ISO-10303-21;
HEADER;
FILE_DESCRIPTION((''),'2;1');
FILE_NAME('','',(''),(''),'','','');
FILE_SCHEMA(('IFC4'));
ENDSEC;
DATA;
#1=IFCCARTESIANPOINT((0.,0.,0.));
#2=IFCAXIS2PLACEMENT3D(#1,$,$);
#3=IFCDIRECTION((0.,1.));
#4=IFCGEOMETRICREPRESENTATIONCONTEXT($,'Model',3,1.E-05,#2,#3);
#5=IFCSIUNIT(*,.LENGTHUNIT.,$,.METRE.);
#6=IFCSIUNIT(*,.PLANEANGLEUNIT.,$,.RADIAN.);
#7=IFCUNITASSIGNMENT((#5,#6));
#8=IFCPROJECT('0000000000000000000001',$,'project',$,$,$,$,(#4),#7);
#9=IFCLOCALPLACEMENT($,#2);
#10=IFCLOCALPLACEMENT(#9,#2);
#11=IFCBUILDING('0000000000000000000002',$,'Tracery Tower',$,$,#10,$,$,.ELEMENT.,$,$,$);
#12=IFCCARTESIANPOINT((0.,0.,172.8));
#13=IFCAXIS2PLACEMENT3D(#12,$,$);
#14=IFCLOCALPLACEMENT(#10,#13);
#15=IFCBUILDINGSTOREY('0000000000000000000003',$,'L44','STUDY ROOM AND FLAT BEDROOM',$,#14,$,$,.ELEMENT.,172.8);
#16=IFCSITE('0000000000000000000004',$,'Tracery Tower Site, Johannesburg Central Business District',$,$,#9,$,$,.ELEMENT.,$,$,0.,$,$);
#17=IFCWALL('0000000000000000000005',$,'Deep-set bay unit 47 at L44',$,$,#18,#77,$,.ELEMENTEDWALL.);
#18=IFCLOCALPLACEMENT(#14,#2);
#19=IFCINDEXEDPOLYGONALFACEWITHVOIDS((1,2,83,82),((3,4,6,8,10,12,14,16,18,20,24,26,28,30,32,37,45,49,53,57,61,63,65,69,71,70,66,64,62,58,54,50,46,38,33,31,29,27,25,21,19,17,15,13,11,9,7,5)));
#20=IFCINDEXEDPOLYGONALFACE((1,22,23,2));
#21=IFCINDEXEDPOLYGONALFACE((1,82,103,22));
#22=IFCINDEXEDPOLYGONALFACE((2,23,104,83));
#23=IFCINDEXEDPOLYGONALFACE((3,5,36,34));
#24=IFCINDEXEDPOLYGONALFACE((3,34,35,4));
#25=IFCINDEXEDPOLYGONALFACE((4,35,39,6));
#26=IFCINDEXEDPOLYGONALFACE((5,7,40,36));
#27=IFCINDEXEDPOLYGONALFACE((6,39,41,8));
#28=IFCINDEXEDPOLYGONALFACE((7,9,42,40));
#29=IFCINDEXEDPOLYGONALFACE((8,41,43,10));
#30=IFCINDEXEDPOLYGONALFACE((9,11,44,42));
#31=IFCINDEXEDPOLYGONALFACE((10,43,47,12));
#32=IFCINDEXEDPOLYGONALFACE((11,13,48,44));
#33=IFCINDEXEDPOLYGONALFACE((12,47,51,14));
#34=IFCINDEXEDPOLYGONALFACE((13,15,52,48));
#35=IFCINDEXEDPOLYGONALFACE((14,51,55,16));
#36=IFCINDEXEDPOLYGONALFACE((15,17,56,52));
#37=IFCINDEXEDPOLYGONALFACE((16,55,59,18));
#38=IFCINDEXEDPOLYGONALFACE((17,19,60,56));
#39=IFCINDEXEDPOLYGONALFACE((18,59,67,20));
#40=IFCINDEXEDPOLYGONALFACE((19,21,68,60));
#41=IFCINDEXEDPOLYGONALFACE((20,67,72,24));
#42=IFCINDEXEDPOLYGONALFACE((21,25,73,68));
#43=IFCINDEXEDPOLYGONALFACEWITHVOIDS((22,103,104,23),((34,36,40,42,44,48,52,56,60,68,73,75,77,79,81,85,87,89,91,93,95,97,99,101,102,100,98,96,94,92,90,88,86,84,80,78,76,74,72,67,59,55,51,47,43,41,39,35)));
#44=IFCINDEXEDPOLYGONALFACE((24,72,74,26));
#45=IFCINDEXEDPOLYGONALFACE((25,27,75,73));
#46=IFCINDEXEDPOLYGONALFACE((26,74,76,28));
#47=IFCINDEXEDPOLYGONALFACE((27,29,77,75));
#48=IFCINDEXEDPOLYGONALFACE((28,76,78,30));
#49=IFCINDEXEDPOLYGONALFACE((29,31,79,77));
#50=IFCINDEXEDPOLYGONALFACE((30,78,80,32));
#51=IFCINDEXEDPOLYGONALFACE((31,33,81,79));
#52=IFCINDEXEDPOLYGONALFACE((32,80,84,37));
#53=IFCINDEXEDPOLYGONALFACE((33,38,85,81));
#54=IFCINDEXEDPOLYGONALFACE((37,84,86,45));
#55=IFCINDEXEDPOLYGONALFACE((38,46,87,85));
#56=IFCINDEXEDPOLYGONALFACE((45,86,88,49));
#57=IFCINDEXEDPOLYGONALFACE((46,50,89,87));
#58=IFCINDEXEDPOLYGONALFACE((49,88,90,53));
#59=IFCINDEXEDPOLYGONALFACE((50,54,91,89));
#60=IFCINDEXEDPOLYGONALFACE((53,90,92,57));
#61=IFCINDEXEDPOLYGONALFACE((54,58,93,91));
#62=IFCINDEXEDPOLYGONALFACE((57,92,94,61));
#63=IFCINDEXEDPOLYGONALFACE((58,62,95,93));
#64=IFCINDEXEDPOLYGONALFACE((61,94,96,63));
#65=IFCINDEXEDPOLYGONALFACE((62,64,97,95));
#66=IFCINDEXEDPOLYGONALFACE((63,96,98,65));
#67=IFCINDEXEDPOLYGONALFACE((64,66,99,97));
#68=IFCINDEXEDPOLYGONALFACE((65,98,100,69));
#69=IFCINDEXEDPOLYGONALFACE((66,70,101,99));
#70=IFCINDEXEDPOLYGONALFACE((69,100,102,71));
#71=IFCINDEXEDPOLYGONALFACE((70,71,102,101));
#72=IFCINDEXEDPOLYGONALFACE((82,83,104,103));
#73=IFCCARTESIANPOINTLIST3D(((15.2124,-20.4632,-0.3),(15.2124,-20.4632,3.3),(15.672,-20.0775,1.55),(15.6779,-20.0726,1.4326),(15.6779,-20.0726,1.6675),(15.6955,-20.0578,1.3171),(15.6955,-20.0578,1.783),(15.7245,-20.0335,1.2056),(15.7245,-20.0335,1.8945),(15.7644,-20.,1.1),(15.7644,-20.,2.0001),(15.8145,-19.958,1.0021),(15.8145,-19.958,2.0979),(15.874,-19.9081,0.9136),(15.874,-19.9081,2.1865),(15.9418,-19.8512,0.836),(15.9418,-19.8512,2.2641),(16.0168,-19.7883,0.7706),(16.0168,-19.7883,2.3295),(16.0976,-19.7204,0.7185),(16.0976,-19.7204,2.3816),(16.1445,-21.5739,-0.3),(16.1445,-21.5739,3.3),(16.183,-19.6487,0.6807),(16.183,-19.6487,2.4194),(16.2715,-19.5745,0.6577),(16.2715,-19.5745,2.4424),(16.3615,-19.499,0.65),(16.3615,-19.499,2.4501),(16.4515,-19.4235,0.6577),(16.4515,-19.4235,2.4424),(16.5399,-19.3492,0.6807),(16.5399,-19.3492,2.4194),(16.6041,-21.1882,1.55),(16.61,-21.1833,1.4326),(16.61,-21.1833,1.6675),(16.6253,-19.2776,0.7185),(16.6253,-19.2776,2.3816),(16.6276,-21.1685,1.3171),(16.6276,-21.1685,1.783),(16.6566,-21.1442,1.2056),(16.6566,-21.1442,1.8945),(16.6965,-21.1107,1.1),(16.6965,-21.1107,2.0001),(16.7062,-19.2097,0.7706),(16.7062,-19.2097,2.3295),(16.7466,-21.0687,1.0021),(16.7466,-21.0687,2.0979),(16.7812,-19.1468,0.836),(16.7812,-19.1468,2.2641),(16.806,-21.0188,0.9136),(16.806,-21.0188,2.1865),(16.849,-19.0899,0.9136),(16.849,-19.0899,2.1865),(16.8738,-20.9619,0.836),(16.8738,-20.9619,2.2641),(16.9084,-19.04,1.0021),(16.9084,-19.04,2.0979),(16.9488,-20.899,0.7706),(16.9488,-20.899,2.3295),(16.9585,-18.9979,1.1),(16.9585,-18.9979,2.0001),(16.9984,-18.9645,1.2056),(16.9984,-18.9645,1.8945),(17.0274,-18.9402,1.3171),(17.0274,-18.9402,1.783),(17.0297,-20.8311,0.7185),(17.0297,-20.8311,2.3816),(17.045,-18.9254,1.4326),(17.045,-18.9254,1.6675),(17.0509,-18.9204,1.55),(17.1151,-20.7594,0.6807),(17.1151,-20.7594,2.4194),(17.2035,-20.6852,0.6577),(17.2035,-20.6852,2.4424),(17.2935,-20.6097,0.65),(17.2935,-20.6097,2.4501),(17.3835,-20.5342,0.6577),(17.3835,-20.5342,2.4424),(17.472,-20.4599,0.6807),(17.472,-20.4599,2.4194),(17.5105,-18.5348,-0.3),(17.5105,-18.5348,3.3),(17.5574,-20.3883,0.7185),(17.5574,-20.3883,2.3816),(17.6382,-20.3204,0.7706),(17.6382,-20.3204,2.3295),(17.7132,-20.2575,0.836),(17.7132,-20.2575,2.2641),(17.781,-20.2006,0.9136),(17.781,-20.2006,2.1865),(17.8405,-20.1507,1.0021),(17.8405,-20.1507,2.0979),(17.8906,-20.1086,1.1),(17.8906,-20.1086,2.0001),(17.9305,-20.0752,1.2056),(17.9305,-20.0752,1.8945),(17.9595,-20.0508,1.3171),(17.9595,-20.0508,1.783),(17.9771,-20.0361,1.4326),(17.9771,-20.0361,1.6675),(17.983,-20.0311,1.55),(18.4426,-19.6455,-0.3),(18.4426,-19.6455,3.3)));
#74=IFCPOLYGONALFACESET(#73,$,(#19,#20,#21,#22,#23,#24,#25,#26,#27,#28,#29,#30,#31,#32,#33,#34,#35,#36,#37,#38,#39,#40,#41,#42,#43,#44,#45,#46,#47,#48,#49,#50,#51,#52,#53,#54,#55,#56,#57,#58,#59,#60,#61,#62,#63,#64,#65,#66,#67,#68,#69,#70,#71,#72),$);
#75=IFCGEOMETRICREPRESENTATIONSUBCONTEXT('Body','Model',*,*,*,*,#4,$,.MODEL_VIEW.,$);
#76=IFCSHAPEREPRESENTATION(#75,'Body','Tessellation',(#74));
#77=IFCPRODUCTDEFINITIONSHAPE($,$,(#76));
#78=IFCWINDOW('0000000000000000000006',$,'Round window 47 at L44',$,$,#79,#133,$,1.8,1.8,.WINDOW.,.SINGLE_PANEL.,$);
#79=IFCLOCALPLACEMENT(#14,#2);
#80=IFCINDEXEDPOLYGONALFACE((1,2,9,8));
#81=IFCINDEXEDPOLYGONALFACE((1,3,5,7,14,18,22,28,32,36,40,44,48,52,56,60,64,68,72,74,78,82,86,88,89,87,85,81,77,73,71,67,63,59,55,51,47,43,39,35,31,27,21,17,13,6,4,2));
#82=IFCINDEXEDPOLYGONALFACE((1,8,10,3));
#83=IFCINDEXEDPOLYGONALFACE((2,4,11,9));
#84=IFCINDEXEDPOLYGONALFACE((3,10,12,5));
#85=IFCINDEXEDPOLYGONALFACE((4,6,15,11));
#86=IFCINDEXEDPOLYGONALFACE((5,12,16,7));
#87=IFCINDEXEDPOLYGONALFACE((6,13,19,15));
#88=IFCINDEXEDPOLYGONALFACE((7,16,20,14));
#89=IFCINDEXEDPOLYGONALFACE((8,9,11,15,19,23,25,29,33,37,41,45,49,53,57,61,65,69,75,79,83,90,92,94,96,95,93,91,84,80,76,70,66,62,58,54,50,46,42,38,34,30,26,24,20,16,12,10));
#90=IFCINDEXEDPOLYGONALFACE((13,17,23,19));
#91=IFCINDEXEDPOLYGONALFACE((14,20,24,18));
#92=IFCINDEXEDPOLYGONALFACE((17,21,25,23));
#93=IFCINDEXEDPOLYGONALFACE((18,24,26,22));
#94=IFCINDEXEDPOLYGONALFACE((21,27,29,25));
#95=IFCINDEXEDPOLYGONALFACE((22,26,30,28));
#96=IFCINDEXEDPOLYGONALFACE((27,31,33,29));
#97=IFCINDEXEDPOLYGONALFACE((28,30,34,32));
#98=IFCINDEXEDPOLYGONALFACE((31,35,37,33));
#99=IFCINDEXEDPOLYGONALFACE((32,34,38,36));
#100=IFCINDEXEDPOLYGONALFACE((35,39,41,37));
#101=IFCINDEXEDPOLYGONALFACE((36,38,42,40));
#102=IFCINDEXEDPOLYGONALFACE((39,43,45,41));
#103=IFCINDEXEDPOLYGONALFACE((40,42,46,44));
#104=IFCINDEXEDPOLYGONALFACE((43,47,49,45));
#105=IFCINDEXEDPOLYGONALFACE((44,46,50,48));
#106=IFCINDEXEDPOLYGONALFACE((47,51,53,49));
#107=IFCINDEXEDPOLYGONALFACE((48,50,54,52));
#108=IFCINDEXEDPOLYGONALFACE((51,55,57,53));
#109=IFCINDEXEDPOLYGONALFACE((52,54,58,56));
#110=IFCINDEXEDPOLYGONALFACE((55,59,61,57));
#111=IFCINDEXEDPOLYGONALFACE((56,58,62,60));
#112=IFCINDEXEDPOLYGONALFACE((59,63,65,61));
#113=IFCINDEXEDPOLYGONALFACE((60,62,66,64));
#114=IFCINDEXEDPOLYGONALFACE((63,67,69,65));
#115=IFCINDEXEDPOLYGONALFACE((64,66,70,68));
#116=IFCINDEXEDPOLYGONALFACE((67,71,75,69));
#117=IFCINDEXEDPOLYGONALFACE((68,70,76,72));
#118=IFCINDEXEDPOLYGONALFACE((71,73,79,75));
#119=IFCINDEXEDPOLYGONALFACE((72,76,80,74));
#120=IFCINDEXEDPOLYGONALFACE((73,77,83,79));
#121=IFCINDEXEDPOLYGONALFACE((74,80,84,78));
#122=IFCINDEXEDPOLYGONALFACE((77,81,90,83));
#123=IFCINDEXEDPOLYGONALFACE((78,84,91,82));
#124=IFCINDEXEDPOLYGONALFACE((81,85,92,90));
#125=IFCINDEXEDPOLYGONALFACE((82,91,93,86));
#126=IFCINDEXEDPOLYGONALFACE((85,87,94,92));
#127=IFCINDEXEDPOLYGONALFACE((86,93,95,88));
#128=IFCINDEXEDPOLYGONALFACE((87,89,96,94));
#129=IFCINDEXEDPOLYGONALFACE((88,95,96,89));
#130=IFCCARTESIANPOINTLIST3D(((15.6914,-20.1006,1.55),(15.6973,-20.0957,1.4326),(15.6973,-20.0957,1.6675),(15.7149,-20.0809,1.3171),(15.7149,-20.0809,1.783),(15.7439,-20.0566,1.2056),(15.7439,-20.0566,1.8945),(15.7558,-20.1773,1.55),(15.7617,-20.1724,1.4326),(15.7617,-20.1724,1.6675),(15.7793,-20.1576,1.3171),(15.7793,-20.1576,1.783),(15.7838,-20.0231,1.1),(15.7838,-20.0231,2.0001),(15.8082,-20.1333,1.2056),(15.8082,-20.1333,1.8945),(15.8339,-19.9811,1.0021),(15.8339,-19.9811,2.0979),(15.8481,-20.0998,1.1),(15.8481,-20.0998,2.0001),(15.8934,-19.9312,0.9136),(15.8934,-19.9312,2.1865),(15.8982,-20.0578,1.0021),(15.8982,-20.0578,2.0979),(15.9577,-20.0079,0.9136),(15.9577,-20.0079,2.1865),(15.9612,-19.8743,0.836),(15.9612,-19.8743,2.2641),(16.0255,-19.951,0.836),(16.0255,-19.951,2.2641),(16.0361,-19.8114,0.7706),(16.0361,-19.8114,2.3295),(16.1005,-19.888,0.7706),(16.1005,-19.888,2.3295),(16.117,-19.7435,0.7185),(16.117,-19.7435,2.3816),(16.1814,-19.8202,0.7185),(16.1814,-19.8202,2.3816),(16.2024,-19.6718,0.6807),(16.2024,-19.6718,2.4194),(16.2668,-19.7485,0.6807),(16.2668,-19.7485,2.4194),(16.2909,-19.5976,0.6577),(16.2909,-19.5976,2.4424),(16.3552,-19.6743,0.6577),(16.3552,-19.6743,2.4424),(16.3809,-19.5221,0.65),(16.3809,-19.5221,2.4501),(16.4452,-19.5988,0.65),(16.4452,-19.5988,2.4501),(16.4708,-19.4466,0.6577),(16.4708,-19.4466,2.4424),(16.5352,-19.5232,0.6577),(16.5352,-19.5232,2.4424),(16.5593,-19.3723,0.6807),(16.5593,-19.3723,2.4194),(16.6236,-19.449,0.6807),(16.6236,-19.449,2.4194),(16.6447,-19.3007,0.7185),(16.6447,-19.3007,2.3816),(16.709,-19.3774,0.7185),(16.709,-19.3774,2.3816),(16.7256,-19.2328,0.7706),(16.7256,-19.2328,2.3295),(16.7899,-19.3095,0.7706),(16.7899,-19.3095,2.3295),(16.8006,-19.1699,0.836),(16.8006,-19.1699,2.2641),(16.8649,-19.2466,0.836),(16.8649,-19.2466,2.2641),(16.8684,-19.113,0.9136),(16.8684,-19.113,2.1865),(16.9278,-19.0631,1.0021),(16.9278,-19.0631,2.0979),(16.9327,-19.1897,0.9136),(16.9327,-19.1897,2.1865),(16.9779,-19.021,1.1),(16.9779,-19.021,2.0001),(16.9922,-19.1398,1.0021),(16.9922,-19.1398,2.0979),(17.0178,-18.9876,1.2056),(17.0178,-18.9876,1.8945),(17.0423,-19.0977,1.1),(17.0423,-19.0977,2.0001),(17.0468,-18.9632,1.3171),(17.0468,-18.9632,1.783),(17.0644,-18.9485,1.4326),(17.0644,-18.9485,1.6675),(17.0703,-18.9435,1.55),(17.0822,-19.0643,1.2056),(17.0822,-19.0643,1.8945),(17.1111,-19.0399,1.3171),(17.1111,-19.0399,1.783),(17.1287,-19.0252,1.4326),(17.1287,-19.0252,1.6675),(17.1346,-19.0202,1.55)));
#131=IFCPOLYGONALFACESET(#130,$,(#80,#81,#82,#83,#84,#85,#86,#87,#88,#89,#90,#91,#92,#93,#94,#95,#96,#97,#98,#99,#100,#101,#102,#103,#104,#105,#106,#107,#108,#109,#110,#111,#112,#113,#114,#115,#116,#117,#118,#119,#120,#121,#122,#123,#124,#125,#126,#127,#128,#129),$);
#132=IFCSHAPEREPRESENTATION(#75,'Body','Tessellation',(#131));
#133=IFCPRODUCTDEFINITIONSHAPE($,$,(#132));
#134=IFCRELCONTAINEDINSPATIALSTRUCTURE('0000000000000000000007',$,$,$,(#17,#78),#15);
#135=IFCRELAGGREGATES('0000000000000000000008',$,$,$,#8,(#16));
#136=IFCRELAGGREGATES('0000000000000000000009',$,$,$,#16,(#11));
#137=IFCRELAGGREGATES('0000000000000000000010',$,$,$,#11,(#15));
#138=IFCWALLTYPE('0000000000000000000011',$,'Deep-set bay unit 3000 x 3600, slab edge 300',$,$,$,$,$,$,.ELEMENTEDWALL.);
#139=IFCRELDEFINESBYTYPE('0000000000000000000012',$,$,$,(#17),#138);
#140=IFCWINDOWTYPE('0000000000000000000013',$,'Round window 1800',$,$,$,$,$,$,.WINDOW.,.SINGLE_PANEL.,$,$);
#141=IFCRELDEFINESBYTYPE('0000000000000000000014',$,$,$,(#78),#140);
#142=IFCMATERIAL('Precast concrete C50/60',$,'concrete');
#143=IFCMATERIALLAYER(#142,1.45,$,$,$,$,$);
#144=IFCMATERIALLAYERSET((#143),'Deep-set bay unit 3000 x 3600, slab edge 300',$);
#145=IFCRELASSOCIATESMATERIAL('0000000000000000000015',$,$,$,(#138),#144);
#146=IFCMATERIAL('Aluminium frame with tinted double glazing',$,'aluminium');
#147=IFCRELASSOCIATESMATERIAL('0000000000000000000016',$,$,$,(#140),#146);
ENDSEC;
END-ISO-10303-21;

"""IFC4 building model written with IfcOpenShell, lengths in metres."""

from ifc_helpers import new_model, si_unit, direction, frame, frame_2d, origin, origin_2d, place, context, subcontext, project, spatial, rectangle, circle, extrude, material, layer, layer_set, type_object, element, fill, save


model = new_model("IFC4")

# Units and contexts
model_context = context("Model", 3, precision=1e-05, world=origin(), true_north=direction((0.0, 1.0)))
body_context = subcontext(model_context, "Body", "Model", "MODEL_VIEW")
ifc_project = project(units=[si_unit("LENGTHUNIT", "METRE"), si_unit("PLANEANGLEUNIT", "RADIAN")], contexts=[model_context])

# Site, building, storey
site_placement = place(None, origin())
site = spatial("IfcSite", under=ifc_project, at=site_placement, Name="Tracery Tower Site, Johannesburg Central Business District", CompositionType="ELEMENT", RefElevation=0.0)
building_placement = place(site_placement, origin())
building = spatial("IfcBuilding", under=site, at=building_placement, Name="Tracery Tower", CompositionType="ELEMENT")
storey_placement = place(building_placement, frame((0.0, 0.0, 172.8)))
storey = spatial("IfcBuildingStorey", under=building, at=storey_placement, Name="L44", Description="STUDY ROOM AND FLAT BEDROOM", CompositionType="ELEMENT", Elevation=172.8)

# Wall, opening, window
ifc_material_1 = material(Name="Precast concrete C50/60", Category="concrete")
ifc_layer_1 = layer(ifc_material_1, 1.45)
ifc_layer_set_1 = layer_set([ifc_layer_1], Name="Deep-set bay unit 3000 x 3600, slab edge 300")
wall_type_1 = type_object("IfcWallType", Name="Deep-set bay unit 3000 x 3600, slab edge 300", PredefinedType="ELEMENTEDWALL", material=ifc_layer_set_1)
wall_1_placement = place(storey_placement, frame((15.6785, -21.0186, -0.3), z_axis=(0.0, 0.0, 1.0), x_axis=(0.766022, 0.642814, 0.0)))
wall_1 = element("IfcWall", 1, at=wall_1_placement, inside=storey, type_object=wall_type_1, Name="Deep-set bay unit 47 at L44", PredefinedType="ELEMENTEDWALL", context=body_context, shape_type="SweptSolid", body=[
    extrude(rectangle(XDim=3.0, YDim=1.45, at=frame_2d((1.5, 0.0))), origin(), (0.0, 0.0, 1.0), 3.6001),
])
opening_1_placement = place(wall_1_placement, frame((1.5, 0.0, 1.8501)))
opening_1 = element("IfcOpeningElement", 2, at=opening_1_placement, cuts=wall_1, PredefinedType="OPENING", context=body_context, shape_type="SweptSolid", body=[
    extrude(circle(Radius=0.9, at=origin_2d()), frame((0.0, 0.7349, 0.0), z_axis=(0.0, -1.0, 0.0), x_axis=(1.0, 0.0, 0.0)), (0.0, 0.0, 1.0), 1.47),
])
ifc_material_2 = material(Name="Aluminium frame with tinted double glazing", Category="aluminium")
window_type = type_object("IfcWindowType", Name="Round window 1800", PartitioningType="SINGLE_PANEL", PredefinedType="WINDOW", material=ifc_material_2)
window_1_placement = place(opening_1_placement, origin())
window_1 = element("IfcWindow", 3, at=window_1_placement, inside=storey, type_object=window_type, Name="Round window 47 at L44", OverallHeight=1.8, OverallWidth=1.8, PartitioningType="SINGLE_PANEL", PredefinedType="WINDOW", context=body_context, shape_type="SweptSolid", body=[
    extrude(circle(Radius=0.9, at=origin_2d()), frame((0.0, 0.6948, 0.0), z_axis=(0.0, -1.0, 0.0), x_axis=(1.0, 0.0, 0.0)), (0.0, 0.0, 1.0), 0.1001),
])
fill(opening_1, window_1)

save(model, "model.ifc")
